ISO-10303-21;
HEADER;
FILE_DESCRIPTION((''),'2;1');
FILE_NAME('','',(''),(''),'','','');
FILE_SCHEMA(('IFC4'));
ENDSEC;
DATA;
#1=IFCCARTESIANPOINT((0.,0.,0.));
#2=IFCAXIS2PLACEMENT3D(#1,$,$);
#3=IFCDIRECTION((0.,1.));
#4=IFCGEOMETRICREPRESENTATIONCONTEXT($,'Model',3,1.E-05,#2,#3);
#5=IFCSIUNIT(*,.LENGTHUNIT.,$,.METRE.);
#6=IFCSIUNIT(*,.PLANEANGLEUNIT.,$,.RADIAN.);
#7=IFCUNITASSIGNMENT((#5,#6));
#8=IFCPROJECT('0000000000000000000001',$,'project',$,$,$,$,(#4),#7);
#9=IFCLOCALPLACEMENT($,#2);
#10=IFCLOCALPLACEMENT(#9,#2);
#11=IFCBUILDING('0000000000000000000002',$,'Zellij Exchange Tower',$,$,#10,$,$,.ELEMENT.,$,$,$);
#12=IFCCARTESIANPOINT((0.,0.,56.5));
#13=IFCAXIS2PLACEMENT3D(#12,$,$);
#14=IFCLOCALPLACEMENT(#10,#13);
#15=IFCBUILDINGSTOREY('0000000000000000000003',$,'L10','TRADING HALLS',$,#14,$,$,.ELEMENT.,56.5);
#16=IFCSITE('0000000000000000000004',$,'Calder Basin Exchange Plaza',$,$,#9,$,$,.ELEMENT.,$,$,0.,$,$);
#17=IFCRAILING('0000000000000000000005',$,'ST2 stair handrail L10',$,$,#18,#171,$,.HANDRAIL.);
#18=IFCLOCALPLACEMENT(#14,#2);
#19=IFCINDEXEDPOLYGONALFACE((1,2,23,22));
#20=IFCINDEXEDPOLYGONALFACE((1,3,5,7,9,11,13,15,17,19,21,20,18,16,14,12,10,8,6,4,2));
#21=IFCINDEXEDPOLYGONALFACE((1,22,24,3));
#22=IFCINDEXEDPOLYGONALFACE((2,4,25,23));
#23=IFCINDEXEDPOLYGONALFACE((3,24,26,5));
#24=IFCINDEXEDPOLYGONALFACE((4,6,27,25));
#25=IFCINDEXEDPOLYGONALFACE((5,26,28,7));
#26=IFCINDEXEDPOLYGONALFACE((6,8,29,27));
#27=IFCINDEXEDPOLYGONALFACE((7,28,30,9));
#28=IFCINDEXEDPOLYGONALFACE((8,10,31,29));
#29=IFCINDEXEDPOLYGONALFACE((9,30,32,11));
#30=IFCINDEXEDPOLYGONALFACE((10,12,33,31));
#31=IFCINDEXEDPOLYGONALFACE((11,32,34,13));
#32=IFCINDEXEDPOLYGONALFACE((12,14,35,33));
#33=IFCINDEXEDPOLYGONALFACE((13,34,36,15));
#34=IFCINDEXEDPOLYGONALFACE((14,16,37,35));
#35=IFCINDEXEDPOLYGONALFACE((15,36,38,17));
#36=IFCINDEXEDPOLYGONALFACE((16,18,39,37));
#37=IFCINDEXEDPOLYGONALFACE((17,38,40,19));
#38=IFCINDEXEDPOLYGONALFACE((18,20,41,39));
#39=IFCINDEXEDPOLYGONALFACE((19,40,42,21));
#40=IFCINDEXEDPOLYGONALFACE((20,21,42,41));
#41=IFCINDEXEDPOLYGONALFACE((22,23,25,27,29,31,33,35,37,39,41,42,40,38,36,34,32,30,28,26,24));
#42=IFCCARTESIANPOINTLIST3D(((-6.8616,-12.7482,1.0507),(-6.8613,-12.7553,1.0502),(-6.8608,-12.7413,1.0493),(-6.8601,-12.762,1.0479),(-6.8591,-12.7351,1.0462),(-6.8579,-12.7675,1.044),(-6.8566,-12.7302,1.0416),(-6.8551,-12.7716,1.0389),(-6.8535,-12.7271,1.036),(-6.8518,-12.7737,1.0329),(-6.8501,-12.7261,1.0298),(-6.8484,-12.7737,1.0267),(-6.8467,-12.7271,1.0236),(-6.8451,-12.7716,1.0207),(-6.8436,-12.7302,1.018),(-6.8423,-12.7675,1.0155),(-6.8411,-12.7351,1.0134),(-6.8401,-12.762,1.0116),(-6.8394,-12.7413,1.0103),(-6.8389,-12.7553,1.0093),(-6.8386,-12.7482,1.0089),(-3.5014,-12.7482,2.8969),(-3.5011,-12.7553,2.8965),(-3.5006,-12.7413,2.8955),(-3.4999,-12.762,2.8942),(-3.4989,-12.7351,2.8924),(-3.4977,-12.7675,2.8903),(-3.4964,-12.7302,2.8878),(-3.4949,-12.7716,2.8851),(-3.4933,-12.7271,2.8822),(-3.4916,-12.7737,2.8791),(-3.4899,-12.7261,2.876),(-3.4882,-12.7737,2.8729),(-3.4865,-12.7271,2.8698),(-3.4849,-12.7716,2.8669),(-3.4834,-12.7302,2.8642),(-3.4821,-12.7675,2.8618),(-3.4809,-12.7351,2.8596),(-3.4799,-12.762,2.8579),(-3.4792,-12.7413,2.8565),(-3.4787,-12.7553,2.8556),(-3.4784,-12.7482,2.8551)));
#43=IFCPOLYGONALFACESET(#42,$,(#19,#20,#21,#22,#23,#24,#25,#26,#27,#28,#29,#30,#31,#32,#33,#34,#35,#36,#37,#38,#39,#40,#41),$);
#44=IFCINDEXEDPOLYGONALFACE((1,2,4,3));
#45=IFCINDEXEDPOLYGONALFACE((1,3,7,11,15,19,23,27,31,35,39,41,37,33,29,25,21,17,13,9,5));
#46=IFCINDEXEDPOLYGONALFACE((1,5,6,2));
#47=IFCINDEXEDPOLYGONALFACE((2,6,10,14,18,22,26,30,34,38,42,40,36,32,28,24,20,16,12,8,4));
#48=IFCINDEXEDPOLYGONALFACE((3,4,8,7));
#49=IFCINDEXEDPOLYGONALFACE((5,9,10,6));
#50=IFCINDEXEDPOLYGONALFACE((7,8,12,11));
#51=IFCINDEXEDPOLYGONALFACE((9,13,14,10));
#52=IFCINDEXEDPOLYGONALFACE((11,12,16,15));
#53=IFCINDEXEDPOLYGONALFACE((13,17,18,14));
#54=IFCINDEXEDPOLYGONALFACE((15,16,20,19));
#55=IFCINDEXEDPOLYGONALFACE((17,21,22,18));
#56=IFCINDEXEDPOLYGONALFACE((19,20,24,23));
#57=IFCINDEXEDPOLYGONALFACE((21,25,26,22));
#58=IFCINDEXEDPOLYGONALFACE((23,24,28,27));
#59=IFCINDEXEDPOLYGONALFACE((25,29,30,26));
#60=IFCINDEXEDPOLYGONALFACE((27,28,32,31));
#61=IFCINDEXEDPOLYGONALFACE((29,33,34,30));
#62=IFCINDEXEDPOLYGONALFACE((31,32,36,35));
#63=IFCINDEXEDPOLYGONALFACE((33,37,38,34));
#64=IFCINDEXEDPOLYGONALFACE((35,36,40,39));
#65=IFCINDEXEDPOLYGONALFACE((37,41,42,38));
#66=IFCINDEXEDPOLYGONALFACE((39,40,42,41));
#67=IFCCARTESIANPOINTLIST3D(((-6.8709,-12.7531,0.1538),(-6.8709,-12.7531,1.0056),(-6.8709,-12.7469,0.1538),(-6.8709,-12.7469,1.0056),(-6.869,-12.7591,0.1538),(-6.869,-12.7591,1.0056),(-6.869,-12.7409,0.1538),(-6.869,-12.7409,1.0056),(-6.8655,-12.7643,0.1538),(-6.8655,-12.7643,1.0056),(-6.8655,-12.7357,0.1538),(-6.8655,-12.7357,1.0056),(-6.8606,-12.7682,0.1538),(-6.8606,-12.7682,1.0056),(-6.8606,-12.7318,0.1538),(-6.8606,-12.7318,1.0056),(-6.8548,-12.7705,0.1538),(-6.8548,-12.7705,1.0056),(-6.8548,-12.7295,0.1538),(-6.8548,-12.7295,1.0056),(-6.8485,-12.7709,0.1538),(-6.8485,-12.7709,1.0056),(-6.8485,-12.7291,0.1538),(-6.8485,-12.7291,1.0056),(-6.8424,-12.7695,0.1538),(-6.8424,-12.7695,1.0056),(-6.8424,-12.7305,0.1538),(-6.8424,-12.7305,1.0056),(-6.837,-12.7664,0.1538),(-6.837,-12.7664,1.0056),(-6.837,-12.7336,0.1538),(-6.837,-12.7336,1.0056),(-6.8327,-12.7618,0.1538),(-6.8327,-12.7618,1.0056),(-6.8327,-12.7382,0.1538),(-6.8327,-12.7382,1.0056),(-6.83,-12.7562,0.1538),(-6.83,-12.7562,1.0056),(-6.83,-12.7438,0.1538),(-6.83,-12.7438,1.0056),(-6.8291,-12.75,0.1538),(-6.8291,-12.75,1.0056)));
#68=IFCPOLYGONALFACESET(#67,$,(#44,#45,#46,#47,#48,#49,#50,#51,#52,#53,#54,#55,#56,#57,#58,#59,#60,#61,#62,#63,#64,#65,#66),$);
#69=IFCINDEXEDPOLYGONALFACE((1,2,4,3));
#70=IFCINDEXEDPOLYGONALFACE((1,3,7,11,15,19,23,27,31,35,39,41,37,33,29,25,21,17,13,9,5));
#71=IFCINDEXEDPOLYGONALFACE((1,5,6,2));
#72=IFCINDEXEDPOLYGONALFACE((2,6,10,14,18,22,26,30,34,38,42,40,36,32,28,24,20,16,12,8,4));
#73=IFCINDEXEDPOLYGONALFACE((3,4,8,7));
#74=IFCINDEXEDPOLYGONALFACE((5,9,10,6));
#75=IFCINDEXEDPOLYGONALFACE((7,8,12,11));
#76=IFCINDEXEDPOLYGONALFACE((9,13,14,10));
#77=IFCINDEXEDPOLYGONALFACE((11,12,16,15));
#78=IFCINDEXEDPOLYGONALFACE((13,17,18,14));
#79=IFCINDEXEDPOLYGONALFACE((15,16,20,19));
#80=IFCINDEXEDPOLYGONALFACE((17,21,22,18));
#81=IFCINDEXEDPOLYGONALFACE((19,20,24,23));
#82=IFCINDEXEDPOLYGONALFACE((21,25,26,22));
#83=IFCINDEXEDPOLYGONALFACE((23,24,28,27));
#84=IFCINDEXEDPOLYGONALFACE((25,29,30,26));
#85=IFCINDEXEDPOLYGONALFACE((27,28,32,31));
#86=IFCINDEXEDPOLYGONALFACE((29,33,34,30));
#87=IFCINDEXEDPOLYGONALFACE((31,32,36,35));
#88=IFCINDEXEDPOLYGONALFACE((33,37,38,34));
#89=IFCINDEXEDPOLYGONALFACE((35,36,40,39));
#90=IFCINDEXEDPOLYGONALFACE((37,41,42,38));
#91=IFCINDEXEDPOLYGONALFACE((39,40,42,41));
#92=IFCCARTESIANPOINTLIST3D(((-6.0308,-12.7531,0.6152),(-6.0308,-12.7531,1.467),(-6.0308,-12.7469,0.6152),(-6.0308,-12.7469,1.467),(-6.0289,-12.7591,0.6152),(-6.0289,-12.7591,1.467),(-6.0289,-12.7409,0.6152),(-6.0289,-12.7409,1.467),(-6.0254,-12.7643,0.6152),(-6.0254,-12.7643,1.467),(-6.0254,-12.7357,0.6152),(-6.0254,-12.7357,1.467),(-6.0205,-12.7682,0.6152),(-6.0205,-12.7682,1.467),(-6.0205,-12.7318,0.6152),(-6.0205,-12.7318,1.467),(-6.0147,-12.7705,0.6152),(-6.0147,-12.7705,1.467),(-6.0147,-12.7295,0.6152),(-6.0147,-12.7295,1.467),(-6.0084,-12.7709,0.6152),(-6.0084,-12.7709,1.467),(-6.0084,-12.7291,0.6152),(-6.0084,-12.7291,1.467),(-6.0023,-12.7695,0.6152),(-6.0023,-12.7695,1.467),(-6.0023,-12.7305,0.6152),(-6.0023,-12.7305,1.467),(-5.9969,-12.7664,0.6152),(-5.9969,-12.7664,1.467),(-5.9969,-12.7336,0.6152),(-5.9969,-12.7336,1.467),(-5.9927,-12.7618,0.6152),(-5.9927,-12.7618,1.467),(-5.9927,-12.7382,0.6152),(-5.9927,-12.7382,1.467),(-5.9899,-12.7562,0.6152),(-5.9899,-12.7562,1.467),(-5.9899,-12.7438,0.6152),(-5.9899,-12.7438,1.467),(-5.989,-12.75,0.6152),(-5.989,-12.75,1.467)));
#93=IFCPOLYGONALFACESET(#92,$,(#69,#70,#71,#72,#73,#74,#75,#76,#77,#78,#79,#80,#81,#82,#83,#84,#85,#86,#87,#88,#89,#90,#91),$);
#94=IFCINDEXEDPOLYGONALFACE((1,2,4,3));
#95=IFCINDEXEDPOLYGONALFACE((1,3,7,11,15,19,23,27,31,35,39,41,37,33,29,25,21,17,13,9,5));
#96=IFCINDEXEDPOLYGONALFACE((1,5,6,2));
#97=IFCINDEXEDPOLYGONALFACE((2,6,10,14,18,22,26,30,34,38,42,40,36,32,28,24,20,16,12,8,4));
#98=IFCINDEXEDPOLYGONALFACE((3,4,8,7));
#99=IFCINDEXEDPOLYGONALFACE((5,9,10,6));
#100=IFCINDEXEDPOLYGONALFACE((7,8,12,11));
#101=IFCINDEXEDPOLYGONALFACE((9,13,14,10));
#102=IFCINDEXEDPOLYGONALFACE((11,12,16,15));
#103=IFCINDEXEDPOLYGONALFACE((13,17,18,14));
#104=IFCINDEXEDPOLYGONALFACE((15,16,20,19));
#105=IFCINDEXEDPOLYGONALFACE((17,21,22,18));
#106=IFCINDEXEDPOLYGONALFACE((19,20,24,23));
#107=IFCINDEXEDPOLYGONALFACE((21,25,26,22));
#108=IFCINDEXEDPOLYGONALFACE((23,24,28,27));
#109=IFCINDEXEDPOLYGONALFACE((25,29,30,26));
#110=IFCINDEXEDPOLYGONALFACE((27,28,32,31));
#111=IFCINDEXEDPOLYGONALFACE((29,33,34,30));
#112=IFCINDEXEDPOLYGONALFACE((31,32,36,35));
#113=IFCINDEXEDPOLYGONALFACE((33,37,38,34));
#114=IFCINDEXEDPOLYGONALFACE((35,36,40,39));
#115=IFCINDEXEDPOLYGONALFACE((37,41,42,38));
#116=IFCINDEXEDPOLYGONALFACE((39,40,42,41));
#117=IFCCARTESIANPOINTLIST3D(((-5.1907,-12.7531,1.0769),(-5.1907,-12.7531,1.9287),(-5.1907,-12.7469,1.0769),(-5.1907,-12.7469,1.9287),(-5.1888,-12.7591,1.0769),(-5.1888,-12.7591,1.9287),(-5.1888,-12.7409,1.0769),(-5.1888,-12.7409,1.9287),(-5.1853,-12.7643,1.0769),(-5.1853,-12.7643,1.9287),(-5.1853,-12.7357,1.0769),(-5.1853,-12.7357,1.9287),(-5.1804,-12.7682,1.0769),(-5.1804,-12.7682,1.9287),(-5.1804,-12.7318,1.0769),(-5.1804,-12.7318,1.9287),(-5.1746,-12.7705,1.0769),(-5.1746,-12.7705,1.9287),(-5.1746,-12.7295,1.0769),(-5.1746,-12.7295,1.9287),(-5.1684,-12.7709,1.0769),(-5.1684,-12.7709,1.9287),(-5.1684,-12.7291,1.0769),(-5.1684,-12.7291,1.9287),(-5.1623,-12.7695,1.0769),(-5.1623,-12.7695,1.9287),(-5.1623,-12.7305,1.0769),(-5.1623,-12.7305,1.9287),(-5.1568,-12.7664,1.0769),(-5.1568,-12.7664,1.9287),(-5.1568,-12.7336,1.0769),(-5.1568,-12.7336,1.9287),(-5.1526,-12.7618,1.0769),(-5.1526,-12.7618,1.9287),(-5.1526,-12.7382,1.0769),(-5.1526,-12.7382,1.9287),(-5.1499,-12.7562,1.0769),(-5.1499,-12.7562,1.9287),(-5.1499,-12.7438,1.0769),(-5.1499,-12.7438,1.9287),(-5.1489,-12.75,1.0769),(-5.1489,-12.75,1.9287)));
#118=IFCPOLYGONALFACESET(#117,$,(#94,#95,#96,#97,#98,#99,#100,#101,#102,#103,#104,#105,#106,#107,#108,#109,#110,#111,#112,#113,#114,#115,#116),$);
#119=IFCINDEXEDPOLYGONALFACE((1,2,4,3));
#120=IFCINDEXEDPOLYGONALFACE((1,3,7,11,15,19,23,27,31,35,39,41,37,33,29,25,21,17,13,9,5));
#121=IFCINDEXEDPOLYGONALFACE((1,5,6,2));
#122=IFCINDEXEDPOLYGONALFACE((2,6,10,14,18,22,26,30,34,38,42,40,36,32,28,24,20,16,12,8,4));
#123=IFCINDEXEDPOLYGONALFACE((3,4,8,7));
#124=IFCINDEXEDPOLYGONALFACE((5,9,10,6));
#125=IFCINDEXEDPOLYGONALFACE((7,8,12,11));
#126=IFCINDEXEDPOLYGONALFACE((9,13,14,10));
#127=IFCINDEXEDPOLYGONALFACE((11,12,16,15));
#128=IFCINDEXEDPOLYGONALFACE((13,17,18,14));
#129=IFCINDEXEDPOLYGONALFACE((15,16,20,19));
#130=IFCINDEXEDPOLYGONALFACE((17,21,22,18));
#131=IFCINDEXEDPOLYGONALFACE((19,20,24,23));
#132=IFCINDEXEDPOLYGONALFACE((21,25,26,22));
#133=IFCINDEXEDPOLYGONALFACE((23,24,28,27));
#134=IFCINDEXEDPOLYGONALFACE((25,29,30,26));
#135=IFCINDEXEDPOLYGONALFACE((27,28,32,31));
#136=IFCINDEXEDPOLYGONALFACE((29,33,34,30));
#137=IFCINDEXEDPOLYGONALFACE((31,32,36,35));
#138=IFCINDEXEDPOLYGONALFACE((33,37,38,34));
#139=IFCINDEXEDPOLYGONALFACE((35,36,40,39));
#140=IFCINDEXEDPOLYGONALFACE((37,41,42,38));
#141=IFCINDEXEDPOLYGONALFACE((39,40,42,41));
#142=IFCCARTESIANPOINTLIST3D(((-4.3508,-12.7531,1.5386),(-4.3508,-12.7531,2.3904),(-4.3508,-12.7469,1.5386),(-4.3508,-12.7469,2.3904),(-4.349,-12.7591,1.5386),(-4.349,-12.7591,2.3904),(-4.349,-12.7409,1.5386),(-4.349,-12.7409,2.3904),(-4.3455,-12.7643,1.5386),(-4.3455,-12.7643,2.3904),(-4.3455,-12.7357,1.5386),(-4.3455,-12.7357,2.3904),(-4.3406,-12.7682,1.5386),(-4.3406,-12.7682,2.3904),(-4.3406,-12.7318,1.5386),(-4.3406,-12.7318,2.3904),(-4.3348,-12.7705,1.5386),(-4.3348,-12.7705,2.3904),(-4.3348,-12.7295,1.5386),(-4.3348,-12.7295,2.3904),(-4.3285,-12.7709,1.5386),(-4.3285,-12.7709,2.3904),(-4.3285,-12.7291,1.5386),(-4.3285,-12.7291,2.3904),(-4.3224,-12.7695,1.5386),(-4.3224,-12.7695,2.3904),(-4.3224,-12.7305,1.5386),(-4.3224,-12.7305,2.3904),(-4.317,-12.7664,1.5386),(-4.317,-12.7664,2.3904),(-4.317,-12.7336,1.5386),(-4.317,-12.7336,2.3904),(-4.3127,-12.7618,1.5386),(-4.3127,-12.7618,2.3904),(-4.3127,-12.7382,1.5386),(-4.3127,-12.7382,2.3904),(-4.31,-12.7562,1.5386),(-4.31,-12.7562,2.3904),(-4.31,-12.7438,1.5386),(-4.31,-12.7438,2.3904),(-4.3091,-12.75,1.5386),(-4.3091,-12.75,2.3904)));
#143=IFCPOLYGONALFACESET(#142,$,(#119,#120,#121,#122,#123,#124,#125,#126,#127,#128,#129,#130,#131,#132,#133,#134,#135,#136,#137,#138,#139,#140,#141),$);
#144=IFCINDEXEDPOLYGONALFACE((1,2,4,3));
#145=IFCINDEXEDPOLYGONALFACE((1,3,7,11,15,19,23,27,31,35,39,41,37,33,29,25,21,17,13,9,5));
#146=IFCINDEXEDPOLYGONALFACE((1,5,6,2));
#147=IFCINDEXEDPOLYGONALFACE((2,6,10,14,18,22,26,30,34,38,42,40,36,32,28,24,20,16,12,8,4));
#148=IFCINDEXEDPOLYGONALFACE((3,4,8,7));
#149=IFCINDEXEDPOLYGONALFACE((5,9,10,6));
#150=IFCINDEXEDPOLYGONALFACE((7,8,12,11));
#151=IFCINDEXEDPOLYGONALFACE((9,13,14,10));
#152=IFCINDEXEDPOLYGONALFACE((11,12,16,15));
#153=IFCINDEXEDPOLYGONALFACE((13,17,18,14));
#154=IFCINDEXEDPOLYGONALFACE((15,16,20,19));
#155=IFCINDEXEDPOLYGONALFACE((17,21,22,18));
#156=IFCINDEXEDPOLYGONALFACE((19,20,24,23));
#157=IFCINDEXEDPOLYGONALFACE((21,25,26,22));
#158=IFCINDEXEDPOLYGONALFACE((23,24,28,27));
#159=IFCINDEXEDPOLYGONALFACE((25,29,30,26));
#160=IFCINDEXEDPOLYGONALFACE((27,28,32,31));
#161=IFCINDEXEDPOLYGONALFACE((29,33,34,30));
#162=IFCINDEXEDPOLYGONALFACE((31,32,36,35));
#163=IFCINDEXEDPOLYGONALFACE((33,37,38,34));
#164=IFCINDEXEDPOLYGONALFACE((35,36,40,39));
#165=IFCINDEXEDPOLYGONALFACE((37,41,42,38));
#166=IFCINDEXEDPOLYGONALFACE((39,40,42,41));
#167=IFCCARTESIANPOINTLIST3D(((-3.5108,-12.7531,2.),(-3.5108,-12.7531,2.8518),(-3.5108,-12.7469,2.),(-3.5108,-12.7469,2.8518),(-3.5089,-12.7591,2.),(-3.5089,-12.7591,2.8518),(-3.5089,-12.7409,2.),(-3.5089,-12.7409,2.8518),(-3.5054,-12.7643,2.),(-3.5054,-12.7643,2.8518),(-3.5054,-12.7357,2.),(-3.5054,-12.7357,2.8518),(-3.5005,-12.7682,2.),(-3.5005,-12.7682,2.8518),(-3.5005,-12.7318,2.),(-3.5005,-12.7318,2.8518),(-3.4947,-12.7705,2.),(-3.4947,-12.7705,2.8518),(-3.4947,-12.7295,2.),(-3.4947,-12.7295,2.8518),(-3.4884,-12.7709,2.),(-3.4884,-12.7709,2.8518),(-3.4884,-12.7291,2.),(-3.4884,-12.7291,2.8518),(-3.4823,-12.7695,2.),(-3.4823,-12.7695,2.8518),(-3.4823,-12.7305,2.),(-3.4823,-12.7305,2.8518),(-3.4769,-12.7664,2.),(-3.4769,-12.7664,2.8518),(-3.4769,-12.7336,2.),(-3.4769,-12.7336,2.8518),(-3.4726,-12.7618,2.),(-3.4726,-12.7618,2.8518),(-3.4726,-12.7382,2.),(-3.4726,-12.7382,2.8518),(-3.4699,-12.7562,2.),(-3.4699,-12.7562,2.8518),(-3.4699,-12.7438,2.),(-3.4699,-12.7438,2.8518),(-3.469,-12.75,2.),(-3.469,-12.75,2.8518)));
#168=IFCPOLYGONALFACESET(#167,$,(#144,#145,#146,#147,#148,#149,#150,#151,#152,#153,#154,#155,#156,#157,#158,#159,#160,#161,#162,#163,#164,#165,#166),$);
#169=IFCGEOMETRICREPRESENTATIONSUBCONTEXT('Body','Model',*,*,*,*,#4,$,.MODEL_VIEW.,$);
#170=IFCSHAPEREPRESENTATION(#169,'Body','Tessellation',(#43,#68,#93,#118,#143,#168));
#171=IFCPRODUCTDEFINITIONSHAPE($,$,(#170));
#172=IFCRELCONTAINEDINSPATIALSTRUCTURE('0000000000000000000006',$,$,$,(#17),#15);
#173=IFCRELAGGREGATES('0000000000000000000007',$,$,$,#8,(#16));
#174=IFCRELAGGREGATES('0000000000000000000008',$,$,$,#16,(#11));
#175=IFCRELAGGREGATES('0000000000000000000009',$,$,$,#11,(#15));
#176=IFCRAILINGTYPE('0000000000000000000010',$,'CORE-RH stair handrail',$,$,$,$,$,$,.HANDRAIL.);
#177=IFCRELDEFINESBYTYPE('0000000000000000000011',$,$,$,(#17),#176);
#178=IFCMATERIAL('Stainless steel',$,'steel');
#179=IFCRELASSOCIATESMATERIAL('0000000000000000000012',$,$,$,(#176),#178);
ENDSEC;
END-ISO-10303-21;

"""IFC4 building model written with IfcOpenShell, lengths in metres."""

from ifc_helpers import new_model, si_unit, direction, frame, origin, origin_2d, place, context, subcontext, project, spatial, circle, extrude, material, type_object, element, save


model = new_model("IFC4")

# Units and contexts
model_context = context("Model", 3, precision=1e-05, world=origin(), true_north=direction((0.0, 1.0)))
body_context = subcontext(model_context, "Body", "Model", "MODEL_VIEW")
ifc_project = project(units=[si_unit("LENGTHUNIT", "METRE"), si_unit("PLANEANGLEUNIT", "RADIAN")], contexts=[model_context])

# Site, building, storey
site_placement = place(None, origin())
site = spatial("IfcSite", under=ifc_project, at=site_placement, Name="Calder Basin Exchange Plaza", CompositionType="ELEMENT", RefElevation=0.0)
building_placement = place(site_placement, origin())
building = spatial("IfcBuilding", under=site, at=building_placement, Name="Zellij Exchange Tower", CompositionType="ELEMENT")
storey_placement = place(building_placement, frame((0.0, 0.0, 56.5)))
storey = spatial("IfcBuildingStorey", under=building, at=storey_placement, Name="L10", Description="TRADING HALLS", CompositionType="ELEMENT", Elevation=56.5)

# Railing
ifc_material_1 = material(Name="Stainless steel", Category="steel")
railing_type_1 = type_object("IfcRailingType", Name="CORE-RH stair handrail", PredefinedType="HANDRAIL", material=ifc_material_1)
railing_1_placement = place(storey_placement, frame((-6.8501, -12.75, 0.1538)))
element("IfcRailing", 1, at=railing_1_placement, inside=storey, type_object=railing_type_1, Name="ST2 stair handrail L10", PredefinedType="HANDRAIL", context=body_context, shape_type="SweptSolid", body=[
    extrude(circle(Radius=0.0239, at=origin_2d()), frame((0.0, 0.0, 0.876), z_axis=(0.876422, 0.0, 0.481545), x_axis=(0.0, 1.0, 0.0)), (0.0, 0.0, 1.0), 3.834),
    extrude(circle(Radius=0.021, at=origin_2d()), origin(), (0.0, 0.0, 1.0), 0.8518),
    extrude(circle(Radius=0.021, at=origin_2d()), frame((0.8401, 0.0, 0.4614)), (0.0, 0.0, 1.0), 0.8518),
    extrude(circle(Radius=0.021, at=origin_2d()), frame((1.6802, 0.0, 0.9231)), (0.0, 0.0, 1.0), 0.8518),
    extrude(circle(Radius=0.021, at=origin_2d()), frame((2.52, 0.0, 1.3848)), (0.0, 0.0, 1.0), 0.8518),
    extrude(circle(Radius=0.021, at=origin_2d()), frame((3.3601, 0.0, 1.8462)), (0.0, 0.0, 1.0), 0.8518),
])

save(model, "model.ifc")
